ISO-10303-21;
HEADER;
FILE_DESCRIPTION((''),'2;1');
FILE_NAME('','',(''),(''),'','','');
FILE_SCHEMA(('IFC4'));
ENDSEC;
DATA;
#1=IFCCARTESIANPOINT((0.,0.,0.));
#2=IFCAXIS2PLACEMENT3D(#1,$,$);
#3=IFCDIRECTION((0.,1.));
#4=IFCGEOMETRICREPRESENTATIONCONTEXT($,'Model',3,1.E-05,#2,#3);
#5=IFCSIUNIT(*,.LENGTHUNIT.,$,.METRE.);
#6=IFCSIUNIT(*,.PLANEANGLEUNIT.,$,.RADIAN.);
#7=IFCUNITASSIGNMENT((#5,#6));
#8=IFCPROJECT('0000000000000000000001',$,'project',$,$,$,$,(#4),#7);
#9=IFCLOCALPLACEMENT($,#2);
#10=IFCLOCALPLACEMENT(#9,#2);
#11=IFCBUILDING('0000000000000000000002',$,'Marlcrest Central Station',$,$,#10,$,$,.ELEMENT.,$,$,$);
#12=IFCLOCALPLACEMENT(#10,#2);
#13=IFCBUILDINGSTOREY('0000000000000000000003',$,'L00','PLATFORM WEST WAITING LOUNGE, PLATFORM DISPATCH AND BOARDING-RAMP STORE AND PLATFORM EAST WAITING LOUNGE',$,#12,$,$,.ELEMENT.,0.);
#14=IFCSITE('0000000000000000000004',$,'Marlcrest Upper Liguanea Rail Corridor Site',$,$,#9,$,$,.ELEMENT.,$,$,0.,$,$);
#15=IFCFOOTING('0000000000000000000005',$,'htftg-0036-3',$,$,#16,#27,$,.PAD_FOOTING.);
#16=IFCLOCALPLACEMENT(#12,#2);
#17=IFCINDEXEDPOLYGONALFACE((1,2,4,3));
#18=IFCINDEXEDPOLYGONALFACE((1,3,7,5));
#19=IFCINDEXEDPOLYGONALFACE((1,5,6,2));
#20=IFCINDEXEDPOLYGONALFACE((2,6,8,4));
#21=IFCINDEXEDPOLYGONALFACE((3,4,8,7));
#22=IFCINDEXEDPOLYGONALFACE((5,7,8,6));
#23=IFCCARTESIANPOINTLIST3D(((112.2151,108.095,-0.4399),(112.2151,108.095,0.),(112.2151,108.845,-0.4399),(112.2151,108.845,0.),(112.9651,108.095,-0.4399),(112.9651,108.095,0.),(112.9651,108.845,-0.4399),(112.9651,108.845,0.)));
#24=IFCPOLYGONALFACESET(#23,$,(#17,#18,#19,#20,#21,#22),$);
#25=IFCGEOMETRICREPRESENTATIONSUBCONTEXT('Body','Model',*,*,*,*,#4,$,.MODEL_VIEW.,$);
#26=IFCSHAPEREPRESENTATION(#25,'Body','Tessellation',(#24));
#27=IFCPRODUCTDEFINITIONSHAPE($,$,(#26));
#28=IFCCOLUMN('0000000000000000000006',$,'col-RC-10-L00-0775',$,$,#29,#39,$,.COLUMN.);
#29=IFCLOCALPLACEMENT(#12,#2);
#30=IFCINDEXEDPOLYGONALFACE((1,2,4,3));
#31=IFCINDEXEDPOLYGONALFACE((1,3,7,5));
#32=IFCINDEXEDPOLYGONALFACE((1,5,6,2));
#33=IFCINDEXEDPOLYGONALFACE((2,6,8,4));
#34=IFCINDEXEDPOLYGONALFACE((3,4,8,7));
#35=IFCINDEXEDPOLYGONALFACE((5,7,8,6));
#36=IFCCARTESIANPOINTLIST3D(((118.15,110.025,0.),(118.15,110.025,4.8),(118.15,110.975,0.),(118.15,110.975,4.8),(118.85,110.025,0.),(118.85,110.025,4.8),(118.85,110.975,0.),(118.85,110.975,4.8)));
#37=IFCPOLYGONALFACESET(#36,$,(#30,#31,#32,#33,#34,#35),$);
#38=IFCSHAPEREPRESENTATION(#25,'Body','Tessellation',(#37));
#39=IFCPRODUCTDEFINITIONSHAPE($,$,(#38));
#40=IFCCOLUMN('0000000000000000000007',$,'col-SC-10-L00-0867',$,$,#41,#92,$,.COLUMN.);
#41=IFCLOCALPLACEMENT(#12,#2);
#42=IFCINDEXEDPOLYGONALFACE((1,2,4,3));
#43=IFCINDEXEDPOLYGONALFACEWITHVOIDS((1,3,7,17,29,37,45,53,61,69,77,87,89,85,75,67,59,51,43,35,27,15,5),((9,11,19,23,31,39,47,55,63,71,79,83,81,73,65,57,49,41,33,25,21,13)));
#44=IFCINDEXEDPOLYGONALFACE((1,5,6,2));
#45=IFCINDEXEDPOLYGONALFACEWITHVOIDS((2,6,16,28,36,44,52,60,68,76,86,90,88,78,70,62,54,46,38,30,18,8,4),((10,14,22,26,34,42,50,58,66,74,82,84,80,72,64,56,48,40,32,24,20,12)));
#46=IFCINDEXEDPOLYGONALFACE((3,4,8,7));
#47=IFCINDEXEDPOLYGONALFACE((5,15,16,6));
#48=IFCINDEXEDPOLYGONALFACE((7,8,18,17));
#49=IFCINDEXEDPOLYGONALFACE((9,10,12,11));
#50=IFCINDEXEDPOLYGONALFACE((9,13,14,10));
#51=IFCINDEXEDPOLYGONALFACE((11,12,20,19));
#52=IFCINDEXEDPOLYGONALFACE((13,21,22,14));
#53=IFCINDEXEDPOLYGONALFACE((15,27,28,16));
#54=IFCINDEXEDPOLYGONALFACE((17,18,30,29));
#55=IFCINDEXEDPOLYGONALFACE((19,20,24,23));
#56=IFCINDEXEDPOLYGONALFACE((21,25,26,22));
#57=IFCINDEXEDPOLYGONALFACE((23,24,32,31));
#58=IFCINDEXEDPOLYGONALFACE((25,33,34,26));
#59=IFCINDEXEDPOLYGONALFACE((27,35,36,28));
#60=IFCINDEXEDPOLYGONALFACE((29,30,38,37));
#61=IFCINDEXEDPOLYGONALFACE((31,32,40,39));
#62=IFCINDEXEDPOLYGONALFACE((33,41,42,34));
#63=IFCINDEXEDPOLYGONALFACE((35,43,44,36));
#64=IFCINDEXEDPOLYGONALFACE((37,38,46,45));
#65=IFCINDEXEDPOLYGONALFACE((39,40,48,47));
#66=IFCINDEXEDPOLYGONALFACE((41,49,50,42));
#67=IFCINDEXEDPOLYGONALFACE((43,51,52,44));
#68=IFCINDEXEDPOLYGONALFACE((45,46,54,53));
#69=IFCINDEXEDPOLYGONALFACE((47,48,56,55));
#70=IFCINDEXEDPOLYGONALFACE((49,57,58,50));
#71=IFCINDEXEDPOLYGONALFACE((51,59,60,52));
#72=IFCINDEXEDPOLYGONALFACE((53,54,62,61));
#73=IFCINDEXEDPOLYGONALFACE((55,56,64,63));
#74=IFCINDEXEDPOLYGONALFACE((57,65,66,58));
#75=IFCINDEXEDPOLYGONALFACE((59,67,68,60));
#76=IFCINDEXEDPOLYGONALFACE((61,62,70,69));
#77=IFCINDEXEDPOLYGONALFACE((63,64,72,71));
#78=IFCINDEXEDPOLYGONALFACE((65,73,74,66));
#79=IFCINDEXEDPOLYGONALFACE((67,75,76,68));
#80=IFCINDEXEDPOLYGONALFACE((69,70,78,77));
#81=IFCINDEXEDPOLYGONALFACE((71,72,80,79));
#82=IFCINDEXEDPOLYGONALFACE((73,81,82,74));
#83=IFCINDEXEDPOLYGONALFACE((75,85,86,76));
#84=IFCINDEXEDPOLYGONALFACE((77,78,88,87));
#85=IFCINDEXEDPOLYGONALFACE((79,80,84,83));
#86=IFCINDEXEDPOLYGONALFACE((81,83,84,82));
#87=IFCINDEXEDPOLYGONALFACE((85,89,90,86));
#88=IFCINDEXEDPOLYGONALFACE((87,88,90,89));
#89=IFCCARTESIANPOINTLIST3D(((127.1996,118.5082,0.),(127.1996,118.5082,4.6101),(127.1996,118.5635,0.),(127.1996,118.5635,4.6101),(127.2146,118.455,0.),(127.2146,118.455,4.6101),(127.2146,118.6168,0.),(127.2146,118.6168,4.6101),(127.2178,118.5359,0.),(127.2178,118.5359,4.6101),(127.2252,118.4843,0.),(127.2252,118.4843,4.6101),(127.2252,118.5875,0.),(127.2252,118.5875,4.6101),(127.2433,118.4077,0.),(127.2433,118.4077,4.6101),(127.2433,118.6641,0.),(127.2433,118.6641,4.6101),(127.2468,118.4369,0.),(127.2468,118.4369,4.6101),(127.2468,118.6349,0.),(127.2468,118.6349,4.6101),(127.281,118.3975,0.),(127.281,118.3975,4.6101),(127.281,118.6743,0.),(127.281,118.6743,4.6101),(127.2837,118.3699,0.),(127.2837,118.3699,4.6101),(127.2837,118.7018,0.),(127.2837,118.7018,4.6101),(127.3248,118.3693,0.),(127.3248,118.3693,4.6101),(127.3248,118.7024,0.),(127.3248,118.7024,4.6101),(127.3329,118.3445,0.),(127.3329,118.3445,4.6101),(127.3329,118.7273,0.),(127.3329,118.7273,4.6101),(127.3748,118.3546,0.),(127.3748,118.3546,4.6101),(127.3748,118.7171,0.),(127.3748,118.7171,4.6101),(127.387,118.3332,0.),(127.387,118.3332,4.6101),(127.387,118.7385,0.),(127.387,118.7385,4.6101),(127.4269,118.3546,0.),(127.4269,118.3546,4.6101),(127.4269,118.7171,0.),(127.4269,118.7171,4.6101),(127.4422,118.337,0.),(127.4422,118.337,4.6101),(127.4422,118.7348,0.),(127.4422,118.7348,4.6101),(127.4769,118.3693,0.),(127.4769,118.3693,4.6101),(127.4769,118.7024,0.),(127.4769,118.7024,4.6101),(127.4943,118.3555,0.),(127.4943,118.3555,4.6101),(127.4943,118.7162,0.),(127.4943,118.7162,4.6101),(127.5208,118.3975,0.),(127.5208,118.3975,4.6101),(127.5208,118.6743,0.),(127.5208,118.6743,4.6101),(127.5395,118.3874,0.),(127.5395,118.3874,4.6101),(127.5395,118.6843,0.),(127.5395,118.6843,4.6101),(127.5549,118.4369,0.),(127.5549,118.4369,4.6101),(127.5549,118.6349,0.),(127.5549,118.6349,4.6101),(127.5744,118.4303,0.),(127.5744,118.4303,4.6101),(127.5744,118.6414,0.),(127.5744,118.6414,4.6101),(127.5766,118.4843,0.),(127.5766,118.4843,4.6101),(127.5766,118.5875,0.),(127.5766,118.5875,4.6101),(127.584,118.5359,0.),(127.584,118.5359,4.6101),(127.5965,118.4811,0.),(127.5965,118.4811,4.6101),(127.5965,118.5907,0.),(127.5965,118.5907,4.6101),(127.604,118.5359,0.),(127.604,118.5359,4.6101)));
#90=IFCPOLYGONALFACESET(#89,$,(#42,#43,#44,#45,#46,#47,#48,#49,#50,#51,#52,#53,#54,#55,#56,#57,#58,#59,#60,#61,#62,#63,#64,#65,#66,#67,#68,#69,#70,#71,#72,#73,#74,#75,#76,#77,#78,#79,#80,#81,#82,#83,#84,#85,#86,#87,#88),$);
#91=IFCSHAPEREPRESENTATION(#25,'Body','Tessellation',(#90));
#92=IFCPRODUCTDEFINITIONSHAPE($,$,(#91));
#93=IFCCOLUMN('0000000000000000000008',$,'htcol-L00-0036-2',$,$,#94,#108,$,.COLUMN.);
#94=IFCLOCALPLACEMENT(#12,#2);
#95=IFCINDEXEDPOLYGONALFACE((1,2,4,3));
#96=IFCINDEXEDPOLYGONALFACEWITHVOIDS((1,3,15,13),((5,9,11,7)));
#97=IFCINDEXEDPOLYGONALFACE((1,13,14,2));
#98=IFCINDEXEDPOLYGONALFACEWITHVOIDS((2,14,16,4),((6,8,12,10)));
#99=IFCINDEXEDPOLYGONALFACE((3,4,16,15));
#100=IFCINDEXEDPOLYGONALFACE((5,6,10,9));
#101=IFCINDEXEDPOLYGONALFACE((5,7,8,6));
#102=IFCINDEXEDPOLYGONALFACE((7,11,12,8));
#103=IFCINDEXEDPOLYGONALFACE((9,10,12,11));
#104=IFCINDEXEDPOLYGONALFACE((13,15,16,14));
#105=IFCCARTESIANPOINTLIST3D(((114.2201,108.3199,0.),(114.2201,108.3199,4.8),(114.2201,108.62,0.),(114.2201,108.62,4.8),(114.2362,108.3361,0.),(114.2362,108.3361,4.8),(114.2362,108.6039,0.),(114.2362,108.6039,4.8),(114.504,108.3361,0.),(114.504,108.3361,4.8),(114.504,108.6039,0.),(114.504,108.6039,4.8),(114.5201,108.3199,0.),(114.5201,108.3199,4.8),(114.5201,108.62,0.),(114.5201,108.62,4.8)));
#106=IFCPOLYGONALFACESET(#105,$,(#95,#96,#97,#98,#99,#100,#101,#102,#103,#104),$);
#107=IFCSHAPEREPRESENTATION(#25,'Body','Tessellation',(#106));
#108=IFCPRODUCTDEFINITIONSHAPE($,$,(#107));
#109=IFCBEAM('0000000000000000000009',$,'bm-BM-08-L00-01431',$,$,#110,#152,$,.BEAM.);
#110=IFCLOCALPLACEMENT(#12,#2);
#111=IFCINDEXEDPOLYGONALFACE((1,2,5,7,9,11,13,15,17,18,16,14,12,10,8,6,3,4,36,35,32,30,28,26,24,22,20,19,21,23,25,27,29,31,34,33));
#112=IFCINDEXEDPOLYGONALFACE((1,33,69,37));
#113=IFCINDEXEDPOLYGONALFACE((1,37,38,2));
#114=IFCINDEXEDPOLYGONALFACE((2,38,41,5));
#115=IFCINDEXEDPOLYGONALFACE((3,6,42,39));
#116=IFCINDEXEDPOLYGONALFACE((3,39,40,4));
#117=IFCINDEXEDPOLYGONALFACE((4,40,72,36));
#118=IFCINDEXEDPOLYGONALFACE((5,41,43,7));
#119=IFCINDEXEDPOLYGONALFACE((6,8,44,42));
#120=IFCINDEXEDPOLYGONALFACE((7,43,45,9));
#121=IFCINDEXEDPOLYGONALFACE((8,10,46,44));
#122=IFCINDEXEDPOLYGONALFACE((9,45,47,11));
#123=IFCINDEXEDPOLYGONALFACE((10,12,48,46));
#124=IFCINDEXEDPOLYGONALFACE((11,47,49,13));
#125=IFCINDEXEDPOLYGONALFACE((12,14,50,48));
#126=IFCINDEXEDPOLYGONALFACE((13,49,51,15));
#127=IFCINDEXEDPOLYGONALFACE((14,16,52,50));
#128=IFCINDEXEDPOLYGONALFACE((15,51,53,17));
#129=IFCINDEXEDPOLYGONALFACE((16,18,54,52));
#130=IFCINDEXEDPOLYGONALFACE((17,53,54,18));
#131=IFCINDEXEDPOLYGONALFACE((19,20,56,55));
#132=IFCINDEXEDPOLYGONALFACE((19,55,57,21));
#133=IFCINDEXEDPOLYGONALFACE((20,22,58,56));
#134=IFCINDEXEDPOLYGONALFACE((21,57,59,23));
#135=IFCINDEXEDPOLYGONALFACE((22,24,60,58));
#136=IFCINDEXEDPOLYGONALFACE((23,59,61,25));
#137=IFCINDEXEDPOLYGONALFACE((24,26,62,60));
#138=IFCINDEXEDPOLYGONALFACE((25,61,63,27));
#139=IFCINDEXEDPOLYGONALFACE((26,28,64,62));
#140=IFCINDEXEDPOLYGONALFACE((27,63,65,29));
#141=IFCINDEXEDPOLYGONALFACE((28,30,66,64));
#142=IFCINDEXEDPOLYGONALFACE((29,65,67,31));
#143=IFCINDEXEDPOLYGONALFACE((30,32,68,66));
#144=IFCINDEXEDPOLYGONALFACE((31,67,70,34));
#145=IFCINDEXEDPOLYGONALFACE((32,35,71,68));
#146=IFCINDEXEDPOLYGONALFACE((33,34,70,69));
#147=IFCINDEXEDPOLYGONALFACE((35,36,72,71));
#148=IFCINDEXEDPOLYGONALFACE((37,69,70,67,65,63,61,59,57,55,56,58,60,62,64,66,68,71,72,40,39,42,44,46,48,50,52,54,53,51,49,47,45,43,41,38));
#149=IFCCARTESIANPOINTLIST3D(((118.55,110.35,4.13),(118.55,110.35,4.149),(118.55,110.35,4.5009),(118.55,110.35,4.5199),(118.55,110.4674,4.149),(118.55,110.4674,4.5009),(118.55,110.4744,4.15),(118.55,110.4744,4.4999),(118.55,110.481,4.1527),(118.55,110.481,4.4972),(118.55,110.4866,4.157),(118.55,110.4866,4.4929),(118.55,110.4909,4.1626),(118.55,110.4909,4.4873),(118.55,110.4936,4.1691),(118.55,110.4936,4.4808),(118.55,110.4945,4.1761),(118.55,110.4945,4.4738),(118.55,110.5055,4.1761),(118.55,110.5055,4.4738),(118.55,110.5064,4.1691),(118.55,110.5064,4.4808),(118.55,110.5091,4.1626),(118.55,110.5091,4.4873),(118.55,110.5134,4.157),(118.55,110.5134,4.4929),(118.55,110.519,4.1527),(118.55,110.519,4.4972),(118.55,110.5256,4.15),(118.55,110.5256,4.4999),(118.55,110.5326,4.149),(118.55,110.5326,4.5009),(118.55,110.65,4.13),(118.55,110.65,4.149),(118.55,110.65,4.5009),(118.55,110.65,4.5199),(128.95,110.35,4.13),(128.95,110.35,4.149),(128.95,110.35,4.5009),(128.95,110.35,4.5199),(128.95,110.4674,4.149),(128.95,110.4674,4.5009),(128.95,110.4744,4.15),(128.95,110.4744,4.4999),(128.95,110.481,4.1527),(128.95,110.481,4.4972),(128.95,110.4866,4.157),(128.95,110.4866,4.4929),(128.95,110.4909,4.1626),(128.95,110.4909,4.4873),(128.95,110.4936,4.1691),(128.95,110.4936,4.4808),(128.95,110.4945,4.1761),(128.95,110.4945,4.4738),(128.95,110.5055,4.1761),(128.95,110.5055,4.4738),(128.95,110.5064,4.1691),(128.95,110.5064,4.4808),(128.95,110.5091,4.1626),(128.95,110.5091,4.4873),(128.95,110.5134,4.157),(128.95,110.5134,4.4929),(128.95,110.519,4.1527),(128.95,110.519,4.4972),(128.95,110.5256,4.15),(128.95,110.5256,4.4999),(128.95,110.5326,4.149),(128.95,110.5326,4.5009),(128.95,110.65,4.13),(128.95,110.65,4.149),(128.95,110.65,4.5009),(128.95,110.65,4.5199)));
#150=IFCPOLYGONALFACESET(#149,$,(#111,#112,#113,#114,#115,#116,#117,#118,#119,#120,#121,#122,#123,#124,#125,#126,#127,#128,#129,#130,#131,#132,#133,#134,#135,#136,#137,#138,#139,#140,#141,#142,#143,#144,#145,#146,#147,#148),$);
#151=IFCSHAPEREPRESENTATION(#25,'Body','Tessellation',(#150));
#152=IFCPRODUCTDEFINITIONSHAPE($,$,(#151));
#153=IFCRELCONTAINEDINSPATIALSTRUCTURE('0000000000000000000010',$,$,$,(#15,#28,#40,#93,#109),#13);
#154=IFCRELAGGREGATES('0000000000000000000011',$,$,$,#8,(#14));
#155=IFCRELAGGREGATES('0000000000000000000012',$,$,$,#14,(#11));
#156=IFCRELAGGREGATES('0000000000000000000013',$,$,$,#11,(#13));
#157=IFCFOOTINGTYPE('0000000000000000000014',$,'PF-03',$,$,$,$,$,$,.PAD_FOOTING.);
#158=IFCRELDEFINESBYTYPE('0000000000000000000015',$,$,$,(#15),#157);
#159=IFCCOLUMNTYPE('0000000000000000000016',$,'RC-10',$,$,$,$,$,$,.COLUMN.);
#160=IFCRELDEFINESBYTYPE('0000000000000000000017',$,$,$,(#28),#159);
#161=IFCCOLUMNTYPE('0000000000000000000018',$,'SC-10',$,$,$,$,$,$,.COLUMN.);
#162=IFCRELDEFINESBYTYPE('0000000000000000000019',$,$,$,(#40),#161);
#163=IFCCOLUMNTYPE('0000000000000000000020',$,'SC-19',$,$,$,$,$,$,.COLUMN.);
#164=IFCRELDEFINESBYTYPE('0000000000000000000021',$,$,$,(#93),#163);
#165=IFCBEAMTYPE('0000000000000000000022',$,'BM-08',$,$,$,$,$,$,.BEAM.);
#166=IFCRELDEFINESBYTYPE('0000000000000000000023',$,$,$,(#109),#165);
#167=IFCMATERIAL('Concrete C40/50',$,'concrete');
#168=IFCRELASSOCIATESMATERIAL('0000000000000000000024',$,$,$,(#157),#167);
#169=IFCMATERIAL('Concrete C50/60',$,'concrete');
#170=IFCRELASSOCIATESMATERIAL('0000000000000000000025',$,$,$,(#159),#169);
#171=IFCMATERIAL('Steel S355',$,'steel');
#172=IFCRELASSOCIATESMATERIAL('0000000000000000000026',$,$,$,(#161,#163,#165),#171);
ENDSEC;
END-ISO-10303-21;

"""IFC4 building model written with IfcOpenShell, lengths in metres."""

from ifc_helpers import new_model, si_unit, direction, frame, origin, origin_2d, place, context, subcontext, project, spatial, rectangle, hollow_rectangle, hollow_circle, i_section, extrude, material, material_profile, profile_set, type_object, element, save


model = new_model("IFC4")

# Units and contexts
model_context = context("Model", 3, precision=1e-05, world=origin(), true_north=direction((0.0, 1.0)))
body_context = subcontext(model_context, "Body", "Model", "MODEL_VIEW")
ifc_project = project(units=[si_unit("LENGTHUNIT", "METRE"), si_unit("PLANEANGLEUNIT", "RADIAN")], contexts=[model_context])

# Site, building, storey
site_placement = place(None, origin())
site = spatial("IfcSite", under=ifc_project, at=site_placement, Name="Marlcrest Upper Liguanea Rail Corridor Site", CompositionType="ELEMENT", RefElevation=0.0)
building_placement = place(site_placement, origin())
building = spatial("IfcBuilding", under=site, at=building_placement, Name="Marlcrest Central Station", CompositionType="ELEMENT")
storey_placement = place(building_placement, origin())
storey = spatial("IfcBuildingStorey", under=building, at=storey_placement, Name="L00", Description="PLATFORM WEST WAITING LOUNGE, PLATFORM DISPATCH AND BOARDING-RAMP STORE AND PLATFORM EAST WAITING LOUNGE", CompositionType="ELEMENT", Elevation=0.0)

# Footing
ifc_material_1 = material(Name="Concrete C40/50", Category="concrete")
footing_type_1 = type_object("IfcFootingType", Name="PF-03", PredefinedType="PAD_FOOTING", material=ifc_material_1)
for number, where, z_axis, x_axis, name in (
    (1, (112.5901, 108.47, -0.4399), (0.0, 0.0, 1.0), (1.0, 0.0, 0.0), "htftg-0036-3"),
):
    element("IfcFooting", number, at=place(storey_placement, frame(where, z_axis=z_axis, x_axis=x_axis)), inside=storey, type_object=footing_type_1, Name=name, PredefinedType="PAD_FOOTING", context=body_context, shape_type="SweptSolid", body=[
        extrude(rectangle(XDim=0.75, YDim=0.75, at=origin_2d()), origin(), (0.0, 0.0, 1.0), 0.4399),
    ])

# Columns
ifc_material_2 = material(Name="Concrete C50/60", Category="concrete")
ifc_material_profile_1 = material_profile(ifc_material_2, rectangle(XDim=0.7, YDim=0.95, at=origin_2d()), Name="RC 700x950")
ifc_profile_set_1 = profile_set([ifc_material_profile_1], Name="Concrete C50/60")
column_type_1 = type_object("IfcColumnType", Name="RC-10", PredefinedType="COLUMN", material=ifc_profile_set_1)
column_1_placement = place(storey_placement, frame((118.5, 110.5, 0.0), z_axis=(0.0, 0.0, 1.0), x_axis=(1.0, 0.0, 0.0)))
element("IfcColumn", 2, at=column_1_placement, inside=storey, type_object=column_type_1, Name="col-RC-10-L00-0775", PredefinedType="COLUMN", context=body_context, shape_type="SweptSolid", body=[
    extrude(rectangle(XDim=0.7, YDim=0.95, at=origin_2d()), origin(), (0.0, 0.0, 1.0), 4.8),
])
ifc_material_3 = material(Name="Steel S355", Category="steel")
ifc_material_profile_2 = material_profile(ifc_material_3, hollow_circle(Radius=0.2031, WallThickness=0.02, at=origin_2d()), Name="CHS 406.4x20")
ifc_profile_set_2 = profile_set([ifc_material_profile_2], Name="Steel S355")
column_type_2 = type_object("IfcColumnType", Name="SC-10", PredefinedType="COLUMN", material=ifc_profile_set_2)
column_2_placement = place(storey_placement, frame((127.4009, 118.5359, 0.0), z_axis=(0.0, 0.0, 1.0), x_axis=(1.0, 0.0, 0.0)))
element("IfcColumn", 3, at=column_2_placement, inside=storey, type_object=column_type_2, Name="col-SC-10-L00-0867", PredefinedType="COLUMN", context=body_context, shape_type="SweptSolid", body=[
    extrude(hollow_circle(Radius=0.2031, WallThickness=0.02, at=origin_2d()), origin(), (0.0, 0.0, 1.0), 4.6101),
])
ifc_material_profile_3 = material_profile(ifc_material_3, hollow_rectangle(XDim=0.3, YDim=0.3, WallThickness=0.0161, at=origin_2d()), Name="SHS 300x300x16")
ifc_profile_set_3 = profile_set([ifc_material_profile_3], Name="Steel S355")
column_type_3 = type_object("IfcColumnType", Name="SC-19", PredefinedType="COLUMN", material=ifc_profile_set_3)
column_3_placement = place(storey_placement, frame((114.3701, 108.47, 0.0), z_axis=(0.0, 0.0, 1.0), x_axis=(1.0, 0.0, 0.0)))
element("IfcColumn", 4, at=column_3_placement, inside=storey, type_object=column_type_3, Name="htcol-L00-0036-2", PredefinedType="COLUMN", context=body_context, shape_type="SweptSolid", body=[
    extrude(hollow_rectangle(XDim=0.3, YDim=0.3, WallThickness=0.0161, at=origin_2d()), origin(), (0.0, 0.0, 1.0), 4.8),
])

# Beam
ifc_material_profile_4 = material_profile(ifc_material_3, i_section(OverallWidth=0.3, OverallDepth=0.3899, WebThickness=0.011, FlangeThickness=0.019, FilletRadius=0.0271, at=origin_2d()), Name="HEA 400")
ifc_profile_set_4 = profile_set([ifc_material_profile_4], Name="Steel S355")
beam_type_1 = type_object("IfcBeamType", Name="BM-08", PredefinedType="BEAM", material=ifc_profile_set_4)
beam_1_placement = place(storey_placement, frame((118.55, 110.5, 4.325), z_axis=(1.0, 0.0, 0.0), x_axis=(0.0, 1.0, 0.0)))
element("IfcBeam", 5, at=beam_1_placement, inside=storey, type_object=beam_type_1, Name="bm-BM-08-L00-01431", PredefinedType="BEAM", context=body_context, shape_type="SweptSolid", body=[
    extrude(i_section(OverallWidth=0.3, OverallDepth=0.3899, WebThickness=0.011, FlangeThickness=0.019, FilletRadius=0.0271, at=origin_2d()), origin(), (0.0, 0.0, 1.0), 10.3999),
])

save(model, "model.ifc")
